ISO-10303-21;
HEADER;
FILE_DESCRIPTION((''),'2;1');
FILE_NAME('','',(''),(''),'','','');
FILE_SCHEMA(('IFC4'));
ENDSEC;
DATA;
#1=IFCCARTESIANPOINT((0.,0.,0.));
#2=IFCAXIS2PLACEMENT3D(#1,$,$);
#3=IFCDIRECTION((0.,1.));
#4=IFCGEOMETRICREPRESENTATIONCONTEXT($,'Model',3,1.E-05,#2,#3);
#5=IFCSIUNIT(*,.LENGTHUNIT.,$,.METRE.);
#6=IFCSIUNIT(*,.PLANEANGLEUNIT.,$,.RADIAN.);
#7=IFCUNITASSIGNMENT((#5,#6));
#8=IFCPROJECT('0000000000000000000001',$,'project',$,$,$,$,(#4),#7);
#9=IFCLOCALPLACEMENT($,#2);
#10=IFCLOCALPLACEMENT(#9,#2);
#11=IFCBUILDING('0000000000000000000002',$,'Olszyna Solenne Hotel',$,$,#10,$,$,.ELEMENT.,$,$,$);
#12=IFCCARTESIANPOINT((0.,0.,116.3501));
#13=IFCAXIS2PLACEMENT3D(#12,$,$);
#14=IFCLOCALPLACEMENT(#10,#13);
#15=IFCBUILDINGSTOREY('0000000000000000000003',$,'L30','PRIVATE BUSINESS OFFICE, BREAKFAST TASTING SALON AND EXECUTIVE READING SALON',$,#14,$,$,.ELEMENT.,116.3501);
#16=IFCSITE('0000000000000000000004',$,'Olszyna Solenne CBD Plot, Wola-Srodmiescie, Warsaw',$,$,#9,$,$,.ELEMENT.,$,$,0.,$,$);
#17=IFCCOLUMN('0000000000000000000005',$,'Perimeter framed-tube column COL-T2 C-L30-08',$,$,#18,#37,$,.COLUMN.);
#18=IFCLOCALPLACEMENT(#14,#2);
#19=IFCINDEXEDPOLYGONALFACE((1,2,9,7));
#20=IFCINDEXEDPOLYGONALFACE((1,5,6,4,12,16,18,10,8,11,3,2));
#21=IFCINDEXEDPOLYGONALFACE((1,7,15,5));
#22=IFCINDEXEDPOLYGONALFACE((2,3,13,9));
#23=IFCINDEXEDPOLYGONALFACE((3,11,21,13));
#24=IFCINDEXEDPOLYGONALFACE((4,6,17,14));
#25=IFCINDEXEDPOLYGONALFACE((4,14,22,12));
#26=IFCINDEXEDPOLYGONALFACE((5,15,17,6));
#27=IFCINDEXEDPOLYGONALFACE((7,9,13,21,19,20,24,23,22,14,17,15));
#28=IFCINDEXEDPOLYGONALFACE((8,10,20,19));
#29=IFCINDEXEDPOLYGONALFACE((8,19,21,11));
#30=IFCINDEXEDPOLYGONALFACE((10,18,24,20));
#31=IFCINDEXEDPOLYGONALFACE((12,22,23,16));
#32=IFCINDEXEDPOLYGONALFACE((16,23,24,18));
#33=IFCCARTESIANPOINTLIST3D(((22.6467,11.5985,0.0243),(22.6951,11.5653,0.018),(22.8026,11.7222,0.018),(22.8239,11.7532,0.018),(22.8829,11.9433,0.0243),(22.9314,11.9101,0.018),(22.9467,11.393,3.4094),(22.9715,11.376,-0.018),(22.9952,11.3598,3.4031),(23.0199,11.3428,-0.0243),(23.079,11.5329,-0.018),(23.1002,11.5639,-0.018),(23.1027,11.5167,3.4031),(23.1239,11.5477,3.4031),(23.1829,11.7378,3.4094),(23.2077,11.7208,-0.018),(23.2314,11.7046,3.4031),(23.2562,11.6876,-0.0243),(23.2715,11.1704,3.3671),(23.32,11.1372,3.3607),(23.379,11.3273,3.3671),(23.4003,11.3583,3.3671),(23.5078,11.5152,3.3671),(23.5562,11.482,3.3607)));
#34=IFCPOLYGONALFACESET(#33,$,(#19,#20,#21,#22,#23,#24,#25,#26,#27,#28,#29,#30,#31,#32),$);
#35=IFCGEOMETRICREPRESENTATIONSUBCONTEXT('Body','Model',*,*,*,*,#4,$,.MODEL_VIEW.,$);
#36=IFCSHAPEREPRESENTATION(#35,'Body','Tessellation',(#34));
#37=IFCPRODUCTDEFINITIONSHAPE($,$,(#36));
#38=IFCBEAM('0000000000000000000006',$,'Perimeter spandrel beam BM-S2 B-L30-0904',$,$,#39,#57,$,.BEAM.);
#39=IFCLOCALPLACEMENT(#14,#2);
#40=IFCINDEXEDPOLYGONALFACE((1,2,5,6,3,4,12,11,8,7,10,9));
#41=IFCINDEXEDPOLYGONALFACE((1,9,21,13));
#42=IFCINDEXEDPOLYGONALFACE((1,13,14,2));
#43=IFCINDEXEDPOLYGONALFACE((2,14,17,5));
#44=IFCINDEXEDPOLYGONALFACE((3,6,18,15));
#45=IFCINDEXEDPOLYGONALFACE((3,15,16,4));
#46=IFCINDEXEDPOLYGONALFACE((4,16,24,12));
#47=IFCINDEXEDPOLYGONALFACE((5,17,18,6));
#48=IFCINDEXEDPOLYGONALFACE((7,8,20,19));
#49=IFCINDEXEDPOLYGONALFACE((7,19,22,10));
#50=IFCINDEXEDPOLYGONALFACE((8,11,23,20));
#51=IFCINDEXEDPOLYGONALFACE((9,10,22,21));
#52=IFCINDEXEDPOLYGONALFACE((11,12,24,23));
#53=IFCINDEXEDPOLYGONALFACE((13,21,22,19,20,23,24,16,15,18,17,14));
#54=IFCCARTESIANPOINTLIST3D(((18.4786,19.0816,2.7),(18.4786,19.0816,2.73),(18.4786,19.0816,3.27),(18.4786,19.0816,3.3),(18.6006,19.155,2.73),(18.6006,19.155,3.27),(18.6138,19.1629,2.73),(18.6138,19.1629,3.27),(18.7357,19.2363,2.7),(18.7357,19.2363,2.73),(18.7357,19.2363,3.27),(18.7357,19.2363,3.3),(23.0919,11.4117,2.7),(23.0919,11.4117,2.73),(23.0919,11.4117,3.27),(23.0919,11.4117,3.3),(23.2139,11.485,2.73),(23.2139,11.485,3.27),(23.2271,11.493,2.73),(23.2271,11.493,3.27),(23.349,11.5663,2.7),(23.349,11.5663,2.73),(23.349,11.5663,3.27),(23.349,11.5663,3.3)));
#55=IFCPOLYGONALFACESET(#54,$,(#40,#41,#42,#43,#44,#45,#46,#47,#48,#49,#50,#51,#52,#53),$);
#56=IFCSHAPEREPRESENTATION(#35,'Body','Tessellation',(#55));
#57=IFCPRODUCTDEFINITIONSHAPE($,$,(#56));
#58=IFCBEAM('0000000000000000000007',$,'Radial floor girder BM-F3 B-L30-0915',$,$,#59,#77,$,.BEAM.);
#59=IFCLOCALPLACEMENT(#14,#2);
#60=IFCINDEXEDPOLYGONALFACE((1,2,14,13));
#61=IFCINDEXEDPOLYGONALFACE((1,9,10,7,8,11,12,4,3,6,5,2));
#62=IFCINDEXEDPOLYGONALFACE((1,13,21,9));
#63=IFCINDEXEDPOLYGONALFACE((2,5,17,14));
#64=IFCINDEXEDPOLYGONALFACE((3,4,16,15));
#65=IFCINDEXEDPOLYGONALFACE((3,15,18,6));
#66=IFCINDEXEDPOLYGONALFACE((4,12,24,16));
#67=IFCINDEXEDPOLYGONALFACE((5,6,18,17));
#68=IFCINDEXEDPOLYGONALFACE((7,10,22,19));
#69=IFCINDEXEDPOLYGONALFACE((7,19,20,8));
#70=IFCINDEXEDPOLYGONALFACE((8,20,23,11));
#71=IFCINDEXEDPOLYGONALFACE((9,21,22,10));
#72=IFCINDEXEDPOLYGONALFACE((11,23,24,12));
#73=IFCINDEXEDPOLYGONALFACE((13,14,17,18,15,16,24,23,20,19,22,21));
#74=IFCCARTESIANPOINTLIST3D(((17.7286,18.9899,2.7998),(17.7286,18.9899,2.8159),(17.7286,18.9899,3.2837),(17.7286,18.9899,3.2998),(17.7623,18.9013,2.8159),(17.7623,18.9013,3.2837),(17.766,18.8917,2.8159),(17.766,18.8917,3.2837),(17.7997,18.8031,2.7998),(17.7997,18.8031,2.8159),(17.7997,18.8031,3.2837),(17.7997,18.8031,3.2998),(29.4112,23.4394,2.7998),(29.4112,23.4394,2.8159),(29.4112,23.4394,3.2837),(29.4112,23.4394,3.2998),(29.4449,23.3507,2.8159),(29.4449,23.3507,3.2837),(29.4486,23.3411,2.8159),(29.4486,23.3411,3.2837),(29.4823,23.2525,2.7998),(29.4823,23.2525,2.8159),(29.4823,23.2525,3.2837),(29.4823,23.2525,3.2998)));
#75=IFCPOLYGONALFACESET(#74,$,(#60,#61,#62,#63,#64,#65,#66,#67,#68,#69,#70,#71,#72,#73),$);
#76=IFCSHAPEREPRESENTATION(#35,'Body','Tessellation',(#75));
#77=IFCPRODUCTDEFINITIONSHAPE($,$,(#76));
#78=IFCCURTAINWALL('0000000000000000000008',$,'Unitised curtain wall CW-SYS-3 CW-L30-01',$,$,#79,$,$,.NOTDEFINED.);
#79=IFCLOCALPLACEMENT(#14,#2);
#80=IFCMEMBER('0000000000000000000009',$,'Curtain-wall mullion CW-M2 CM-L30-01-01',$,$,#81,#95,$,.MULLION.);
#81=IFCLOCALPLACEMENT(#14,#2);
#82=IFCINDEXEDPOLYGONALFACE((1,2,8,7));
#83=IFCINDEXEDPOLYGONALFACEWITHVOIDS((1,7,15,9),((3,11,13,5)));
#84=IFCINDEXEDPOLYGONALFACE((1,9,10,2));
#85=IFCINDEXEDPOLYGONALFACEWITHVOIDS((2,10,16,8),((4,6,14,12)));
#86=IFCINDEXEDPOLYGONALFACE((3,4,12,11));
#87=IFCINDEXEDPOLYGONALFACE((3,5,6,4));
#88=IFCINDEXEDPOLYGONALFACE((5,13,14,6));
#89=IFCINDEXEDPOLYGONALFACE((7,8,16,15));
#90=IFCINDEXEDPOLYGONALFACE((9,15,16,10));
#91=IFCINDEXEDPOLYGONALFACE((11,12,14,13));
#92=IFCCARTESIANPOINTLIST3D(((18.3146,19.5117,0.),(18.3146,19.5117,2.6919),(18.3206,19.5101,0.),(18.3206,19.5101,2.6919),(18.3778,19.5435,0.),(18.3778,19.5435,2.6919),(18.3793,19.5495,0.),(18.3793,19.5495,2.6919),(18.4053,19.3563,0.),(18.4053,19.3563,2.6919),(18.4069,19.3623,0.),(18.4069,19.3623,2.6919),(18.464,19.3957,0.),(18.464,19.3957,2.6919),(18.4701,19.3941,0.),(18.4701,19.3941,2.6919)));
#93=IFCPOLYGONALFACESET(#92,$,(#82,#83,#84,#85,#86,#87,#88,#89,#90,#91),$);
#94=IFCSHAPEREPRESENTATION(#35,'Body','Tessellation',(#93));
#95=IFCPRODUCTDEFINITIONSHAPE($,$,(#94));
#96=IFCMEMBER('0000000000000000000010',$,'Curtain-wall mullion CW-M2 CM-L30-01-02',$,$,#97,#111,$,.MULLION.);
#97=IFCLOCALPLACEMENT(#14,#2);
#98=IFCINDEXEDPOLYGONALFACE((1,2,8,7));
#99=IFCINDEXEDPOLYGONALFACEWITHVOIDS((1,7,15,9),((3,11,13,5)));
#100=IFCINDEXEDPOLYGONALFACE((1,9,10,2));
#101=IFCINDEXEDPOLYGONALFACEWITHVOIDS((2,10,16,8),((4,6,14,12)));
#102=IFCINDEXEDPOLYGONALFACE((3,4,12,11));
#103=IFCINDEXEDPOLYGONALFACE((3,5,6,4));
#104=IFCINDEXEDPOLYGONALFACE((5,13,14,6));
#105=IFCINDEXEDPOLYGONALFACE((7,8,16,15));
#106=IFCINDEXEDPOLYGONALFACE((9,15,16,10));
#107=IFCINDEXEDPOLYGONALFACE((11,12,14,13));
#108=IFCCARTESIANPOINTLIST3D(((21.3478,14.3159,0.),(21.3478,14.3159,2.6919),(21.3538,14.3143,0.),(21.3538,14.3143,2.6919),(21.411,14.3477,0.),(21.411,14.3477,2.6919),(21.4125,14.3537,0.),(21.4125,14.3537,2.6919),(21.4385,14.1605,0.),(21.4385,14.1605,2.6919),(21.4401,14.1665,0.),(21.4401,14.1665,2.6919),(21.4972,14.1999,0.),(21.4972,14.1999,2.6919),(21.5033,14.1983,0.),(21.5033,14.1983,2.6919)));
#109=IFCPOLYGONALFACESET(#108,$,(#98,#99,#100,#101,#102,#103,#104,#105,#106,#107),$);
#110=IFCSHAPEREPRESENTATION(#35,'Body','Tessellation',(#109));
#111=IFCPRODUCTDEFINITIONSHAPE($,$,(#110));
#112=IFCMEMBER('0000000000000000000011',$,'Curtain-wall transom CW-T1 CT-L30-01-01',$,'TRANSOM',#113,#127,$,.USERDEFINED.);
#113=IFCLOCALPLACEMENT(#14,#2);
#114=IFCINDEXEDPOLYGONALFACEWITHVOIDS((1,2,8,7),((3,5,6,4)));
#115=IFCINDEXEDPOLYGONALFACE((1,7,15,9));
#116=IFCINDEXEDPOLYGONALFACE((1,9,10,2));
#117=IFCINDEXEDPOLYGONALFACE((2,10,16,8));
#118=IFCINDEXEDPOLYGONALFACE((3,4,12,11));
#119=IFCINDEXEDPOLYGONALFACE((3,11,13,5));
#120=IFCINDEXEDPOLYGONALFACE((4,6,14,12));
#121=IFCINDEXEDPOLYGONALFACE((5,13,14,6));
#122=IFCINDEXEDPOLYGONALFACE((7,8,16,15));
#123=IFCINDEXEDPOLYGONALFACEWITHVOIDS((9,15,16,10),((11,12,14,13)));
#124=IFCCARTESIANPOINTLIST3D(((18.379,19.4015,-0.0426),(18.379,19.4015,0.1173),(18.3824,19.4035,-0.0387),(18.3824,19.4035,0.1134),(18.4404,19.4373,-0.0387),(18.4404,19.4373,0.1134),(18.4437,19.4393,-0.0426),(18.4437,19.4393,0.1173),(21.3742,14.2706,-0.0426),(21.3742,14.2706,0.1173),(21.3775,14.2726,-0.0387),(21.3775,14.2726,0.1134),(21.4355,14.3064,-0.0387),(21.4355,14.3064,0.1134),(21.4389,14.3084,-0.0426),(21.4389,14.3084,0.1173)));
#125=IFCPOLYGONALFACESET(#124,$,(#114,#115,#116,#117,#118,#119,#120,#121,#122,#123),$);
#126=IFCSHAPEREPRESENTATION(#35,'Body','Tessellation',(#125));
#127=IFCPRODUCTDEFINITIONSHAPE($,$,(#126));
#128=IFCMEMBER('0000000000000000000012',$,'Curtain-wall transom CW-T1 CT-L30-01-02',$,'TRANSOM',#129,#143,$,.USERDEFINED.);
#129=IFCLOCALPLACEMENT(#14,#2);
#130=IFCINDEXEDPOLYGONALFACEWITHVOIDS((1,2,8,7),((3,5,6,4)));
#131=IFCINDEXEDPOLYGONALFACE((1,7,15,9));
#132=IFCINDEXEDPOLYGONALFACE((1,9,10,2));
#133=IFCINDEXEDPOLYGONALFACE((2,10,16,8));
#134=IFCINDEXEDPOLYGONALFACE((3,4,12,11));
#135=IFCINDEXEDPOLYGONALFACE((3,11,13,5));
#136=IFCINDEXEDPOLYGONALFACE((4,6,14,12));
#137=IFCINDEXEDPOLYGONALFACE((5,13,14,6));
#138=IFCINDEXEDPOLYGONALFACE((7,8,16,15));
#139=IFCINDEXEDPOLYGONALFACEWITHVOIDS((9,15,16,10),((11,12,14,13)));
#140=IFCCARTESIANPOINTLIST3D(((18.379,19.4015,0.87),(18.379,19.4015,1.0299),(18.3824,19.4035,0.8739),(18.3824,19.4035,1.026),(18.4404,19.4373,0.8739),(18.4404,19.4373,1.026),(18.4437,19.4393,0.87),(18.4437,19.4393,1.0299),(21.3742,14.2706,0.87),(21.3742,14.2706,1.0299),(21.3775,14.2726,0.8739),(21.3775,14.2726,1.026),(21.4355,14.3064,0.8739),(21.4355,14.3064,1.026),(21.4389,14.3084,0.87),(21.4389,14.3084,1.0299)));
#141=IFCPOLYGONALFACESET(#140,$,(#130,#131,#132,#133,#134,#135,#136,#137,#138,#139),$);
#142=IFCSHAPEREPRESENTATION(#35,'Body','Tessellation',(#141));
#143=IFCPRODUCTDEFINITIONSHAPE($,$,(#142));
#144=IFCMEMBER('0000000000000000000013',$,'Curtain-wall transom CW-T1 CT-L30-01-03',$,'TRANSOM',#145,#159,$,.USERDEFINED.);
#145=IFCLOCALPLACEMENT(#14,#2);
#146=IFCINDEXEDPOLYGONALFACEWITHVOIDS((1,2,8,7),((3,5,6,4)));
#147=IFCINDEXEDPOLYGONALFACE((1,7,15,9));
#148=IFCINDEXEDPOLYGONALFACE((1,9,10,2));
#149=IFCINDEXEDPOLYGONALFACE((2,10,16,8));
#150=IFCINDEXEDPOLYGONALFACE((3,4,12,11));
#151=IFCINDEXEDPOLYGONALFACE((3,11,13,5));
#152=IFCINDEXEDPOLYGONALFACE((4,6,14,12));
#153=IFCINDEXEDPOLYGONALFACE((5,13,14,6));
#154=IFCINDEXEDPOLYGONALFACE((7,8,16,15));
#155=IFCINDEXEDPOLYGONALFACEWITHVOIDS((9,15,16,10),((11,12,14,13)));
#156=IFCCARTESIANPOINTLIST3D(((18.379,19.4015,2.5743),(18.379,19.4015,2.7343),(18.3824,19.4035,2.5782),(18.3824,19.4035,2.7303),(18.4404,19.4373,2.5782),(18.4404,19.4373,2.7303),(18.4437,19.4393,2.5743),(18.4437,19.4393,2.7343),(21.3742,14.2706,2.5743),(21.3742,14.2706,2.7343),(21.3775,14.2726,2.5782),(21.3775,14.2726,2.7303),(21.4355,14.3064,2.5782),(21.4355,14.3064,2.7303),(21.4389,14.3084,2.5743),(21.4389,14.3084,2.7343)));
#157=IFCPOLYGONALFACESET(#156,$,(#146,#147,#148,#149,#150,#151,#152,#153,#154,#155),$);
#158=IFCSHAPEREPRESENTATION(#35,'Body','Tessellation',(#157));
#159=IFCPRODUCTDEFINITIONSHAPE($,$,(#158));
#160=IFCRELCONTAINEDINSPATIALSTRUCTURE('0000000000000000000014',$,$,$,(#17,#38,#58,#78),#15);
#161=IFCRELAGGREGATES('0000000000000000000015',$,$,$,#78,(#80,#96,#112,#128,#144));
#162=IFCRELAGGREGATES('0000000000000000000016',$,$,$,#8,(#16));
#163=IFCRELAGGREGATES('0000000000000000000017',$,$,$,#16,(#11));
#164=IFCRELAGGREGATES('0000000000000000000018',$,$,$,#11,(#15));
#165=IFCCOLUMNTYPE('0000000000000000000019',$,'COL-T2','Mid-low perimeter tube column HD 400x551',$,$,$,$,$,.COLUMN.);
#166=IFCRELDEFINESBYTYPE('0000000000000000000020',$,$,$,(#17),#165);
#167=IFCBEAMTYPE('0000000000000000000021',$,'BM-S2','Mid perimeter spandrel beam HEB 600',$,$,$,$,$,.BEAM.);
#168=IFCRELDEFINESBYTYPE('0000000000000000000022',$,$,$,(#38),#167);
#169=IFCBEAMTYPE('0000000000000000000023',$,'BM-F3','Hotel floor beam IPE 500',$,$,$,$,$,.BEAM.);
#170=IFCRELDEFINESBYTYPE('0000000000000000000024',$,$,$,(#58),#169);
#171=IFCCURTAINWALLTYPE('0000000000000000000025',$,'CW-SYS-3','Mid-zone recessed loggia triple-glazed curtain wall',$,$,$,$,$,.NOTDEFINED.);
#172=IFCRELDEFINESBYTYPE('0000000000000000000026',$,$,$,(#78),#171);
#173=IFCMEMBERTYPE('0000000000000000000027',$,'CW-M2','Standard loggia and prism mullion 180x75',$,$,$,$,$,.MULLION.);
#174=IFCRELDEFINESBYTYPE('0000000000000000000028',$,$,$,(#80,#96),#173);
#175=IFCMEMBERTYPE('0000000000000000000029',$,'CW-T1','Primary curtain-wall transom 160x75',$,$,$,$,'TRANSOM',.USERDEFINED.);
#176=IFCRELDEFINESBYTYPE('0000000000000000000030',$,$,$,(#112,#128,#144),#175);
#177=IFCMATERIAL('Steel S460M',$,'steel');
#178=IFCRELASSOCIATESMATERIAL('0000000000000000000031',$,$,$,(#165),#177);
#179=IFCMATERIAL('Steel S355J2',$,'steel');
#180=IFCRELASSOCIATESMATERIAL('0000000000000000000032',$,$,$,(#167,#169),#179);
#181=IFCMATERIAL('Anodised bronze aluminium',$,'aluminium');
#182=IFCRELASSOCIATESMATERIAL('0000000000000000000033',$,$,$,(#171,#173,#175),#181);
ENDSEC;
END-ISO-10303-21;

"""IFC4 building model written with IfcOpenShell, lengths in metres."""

from ifc_helpers import new_model, si_unit, direction, frame, origin, origin_2d, place, context, subcontext, project, spatial, hollow_rectangle, i_section, extrude, source, transform, mapped, material, material_profile, profile_set, type_object, element, aggregate, save


model = new_model("IFC4")

# Units and contexts
model_context = context("Model", 3, precision=1e-05, world=origin(), true_north=direction((0.0, 1.0)))
body_context = subcontext(model_context, "Body", "Model", "MODEL_VIEW")
ifc_project = project(units=[si_unit("LENGTHUNIT", "METRE"), si_unit("PLANEANGLEUNIT", "RADIAN")], contexts=[model_context])

# Site, building, storey
site_placement = place(None, origin())
site = spatial("IfcSite", under=ifc_project, at=site_placement, Name="Olszyna Solenne CBD Plot, Wola-Srodmiescie, Warsaw", CompositionType="ELEMENT", RefElevation=0.0)
building_placement = place(site_placement, origin())
building = spatial("IfcBuilding", under=site, at=building_placement, Name="Olszyna Solenne Hotel", CompositionType="ELEMENT")
storey_placement = place(building_placement, frame((0.0, 0.0, 116.3501)))
storey = spatial("IfcBuildingStorey", under=building, at=storey_placement, Name="L30", Description="PRIVATE BUSINESS OFFICE, BREAKFAST TASTING SALON AND EXECUTIVE READING SALON", CompositionType="ELEMENT", Elevation=116.3501)

# Column
ifc_material_1 = material(Name="Steel S460M", Category="steel")
ifc_material_profile_1 = material_profile(ifc_material_1, i_section(OverallWidth=0.418, OverallDepth=0.4551, WebThickness=0.0376, FlangeThickness=0.0591, at=origin_2d()), Name="HD 400x551", Category="load-bearing")
ifc_profile_set_1 = profile_set([ifc_material_profile_1], Name="Steel S460M")
column_type = type_object("IfcColumnType", Name="COL-T2", Description="Mid-low perimeter tube column HD 400x551", PredefinedType="COLUMN", material=ifc_profile_set_1)
shared_shape_1 = source(origin(), body_context, "Body", "SweptSolid", [
    extrude(i_section(OverallWidth=0.418, OverallDepth=0.4551, WebThickness=0.0376, FlangeThickness=0.0591, at=origin_2d()), origin(), (0.0, 0.0, 1.0), 3.4045),
])
column_placement = place(storey_placement, frame((22.9514, 11.6431, 0.0), z_axis=(0.088133, -0.060381, 0.994277), x_axis=(0.565189, 0.824961, 0.0)))
element("IfcColumn", 1, at=column_placement, inside=storey, type_object=column_type, Name="Perimeter framed-tube column COL-T2 C-L30-08", PredefinedType="COLUMN", context=body_context, shape_type="MappedRepresentation", body=[
    mapped(shared_shape_1, transform((0.0, 0.0, 0.0), x_axis=(1.0, 0.0, 0.0), y_axis=(0.0, 1.0, 0.0), z_axis=(0.0, 0.0, 1.0), scale=1.0)),
])

# Beams
ifc_material_2 = material(Name="Steel S355J2", Category="steel")
ifc_material_profile_2 = material_profile(ifc_material_2, i_section(OverallWidth=0.3, OverallDepth=0.6001, WebThickness=0.0154, FlangeThickness=0.03, at=origin_2d()), Name="HEB 600", Category="load-bearing")
ifc_profile_set_2 = profile_set([ifc_material_profile_2], Name="Steel S355J2")
beam_type_1 = type_object("IfcBeamType", Name="BM-S2", Description="Mid perimeter spandrel beam HEB 600", PredefinedType="BEAM", material=ifc_profile_set_2)
shared_shape_2 = source(origin(), body_context, "Body", "SweptSolid", [
    extrude(i_section(OverallWidth=0.3, OverallDepth=0.6001, WebThickness=0.0154, FlangeThickness=0.03, at=origin_2d()), origin(), (0.0, 0.0, 1.0), 8.9504),
])
beam_1_placement = place(storey_placement, frame((18.6072, 19.1589, 3.0), z_axis=(0.515426, -0.856934, 0.0), x_axis=(0.856934, 0.515426, 0.0)))
element("IfcBeam", 2, at=beam_1_placement, inside=storey, type_object=beam_type_1, Name="Perimeter spandrel beam BM-S2 B-L30-0904", PredefinedType="BEAM", context=body_context, shape_type="MappedRepresentation", body=[
    mapped(shared_shape_2, transform((0.0, 0.0, 0.0), x_axis=(1.0, 0.0, 0.0), y_axis=(0.0, 1.0, 0.0), z_axis=(0.0, 0.0, 1.0), scale=1.0)),
])
ifc_material_profile_3 = material_profile(ifc_material_2, i_section(OverallWidth=0.2, OverallDepth=0.5, WebThickness=0.0103, FlangeThickness=0.0161, at=origin_2d()), Name="IPE 500", Category="load-bearing")
ifc_profile_set_3 = profile_set([ifc_material_profile_3], Name="Steel S355J2")
beam_type_2 = type_object("IfcBeamType", Name="BM-F3", Description="Hotel floor beam IPE 500", PredefinedType="BEAM", material=ifc_profile_set_3)
shared_shape_3 = source(origin(), body_context, "Body", "SweptSolid", [
    extrude(i_section(OverallWidth=0.2, OverallDepth=0.5, WebThickness=0.0103, FlangeThickness=0.0161, at=origin_2d()), origin(), (0.0, 0.0, 1.0), 12.5012),
])
beam_2_placement = place(storey_placement, frame((17.7642, 18.8965, 3.0498), z_axis=(0.934516, 0.355921, 0.0), x_axis=(-0.355921, 0.934516, 0.0)))
element("IfcBeam", 3, at=beam_2_placement, inside=storey, type_object=beam_type_2, Name="Radial floor girder BM-F3 B-L30-0915", PredefinedType="BEAM", context=body_context, shape_type="MappedRepresentation", body=[
    mapped(shared_shape_3, transform((0.0, 0.0, 0.0), x_axis=(1.0, 0.0, 0.0), y_axis=(0.0, 1.0, 0.0), z_axis=(0.0, 0.0, 1.0), scale=1.0)),
])

# Curtain wall, members
ifc_material_3 = material(Name="Anodised bronze aluminium", Category="aluminium")
curtain_wall_type = type_object("IfcCurtainWallType", Name="CW-SYS-3", Description="Mid-zone recessed loggia triple-glazed curtain wall", PredefinedType="NOTDEFINED", material=ifc_material_3)
curtain_wall_placement = place(storey_placement, origin())
curtain_wall = element("IfcCurtainWall", 4, at=curtain_wall_placement, inside=storey, type_object=curtain_wall_type, Name="Unitised curtain wall CW-SYS-3 CW-L30-01", PredefinedType="NOTDEFINED")
ifc_material_profile_4 = material_profile(ifc_material_3, hollow_rectangle(XDim=0.075, YDim=0.1799, WallThickness=0.0044, at=origin_2d()), Name="MULL 180x75x4.5", Category="load-bearing")
ifc_profile_set_4 = profile_set([ifc_material_profile_4], Name="Anodised bronze aluminium")
member_type_1 = type_object("IfcMemberType", Name="CW-M2", Description="Standard loggia and prism mullion 180x75", PredefinedType="MULLION", material=ifc_profile_set_4)
shared_shape_4 = source(origin(), body_context, "Body", "SweptSolid", [
    extrude(hollow_rectangle(XDim=0.075, YDim=0.1799, WallThickness=0.0044, at=origin_2d()), origin(), (0.0, 0.0, 1.0), 2.6919),
])
member_1_placement = place(storey_placement, frame((18.3923, 19.4529, 0.0), z_axis=(0.0, 0.0, 1.0), x_axis=(0.863615, 0.504151, 0.0)))
member_1 = element("IfcMember", 5, at=member_1_placement, type_object=member_type_1, Name="Curtain-wall mullion CW-M2 CM-L30-01-01", PredefinedType="MULLION", context=body_context, shape_type="MappedRepresentation", body=[
    mapped(shared_shape_4, transform((0.0, 0.0, 0.0), x_axis=(1.0, 0.0, 0.0), y_axis=(0.0, 1.0, 0.0), z_axis=(0.0, 0.0, 1.0), scale=1.0)),
])
member_2_placement = place(storey_placement, frame((21.4255, 14.2571, 0.0), z_axis=(0.0, 0.0, 1.0), x_axis=(0.863615, 0.504151, 0.0)))
member_2 = element("IfcMember", 6, at=member_2_placement, type_object=member_type_1, Name="Curtain-wall mullion CW-M2 CM-L30-01-02", PredefinedType="MULLION", context=body_context, shape_type="MappedRepresentation", body=[
    mapped(shared_shape_4, transform((0.0, 0.0, 0.0), x_axis=(1.0, 0.0, 0.0), y_axis=(0.0, 1.0, 0.0), z_axis=(0.0, 0.0, 1.0), scale=1.0)),
])
ifc_material_profile_5 = material_profile(ifc_material_3, hollow_rectangle(XDim=0.075, YDim=0.1599, WallThickness=0.0039, at=origin_2d()), Name="TRAN 160x75x4", Category="load-bearing")
ifc_profile_set_5 = profile_set([ifc_material_profile_5], Name="Anodised bronze aluminium")
member_type_2 = type_object("IfcMemberType", Name="CW-T1", Description="Primary curtain-wall transom 160x75", ElementType="TRANSOM", PredefinedType="USERDEFINED", material=ifc_profile_set_5)
shared_shape_5 = source(origin(), body_context, "Body", "SweptSolid", [
    extrude(hollow_rectangle(XDim=0.075, YDim=0.1599, WallThickness=0.0039, at=origin_2d()), origin(), (0.0, 0.0, 1.0), 5.9412),
])
member_3_placement = place(storey_placement, frame((18.4114, 19.4204, 0.0374), z_axis=(0.504137, -0.863624, 0.0), x_axis=(0.863624, 0.504137, 0.0)))
member_3 = element("IfcMember", 7, at=member_3_placement, type_object=member_type_2, Name="Curtain-wall transom CW-T1 CT-L30-01-01", ObjectType="TRANSOM", PredefinedType="USERDEFINED", context=body_context, shape_type="MappedRepresentation", body=[
    mapped(shared_shape_5, transform((0.0, 0.0, 0.0), x_axis=(1.0, 0.0, 0.0), y_axis=(0.0, 1.0, 0.0), z_axis=(0.0, 0.0, 1.0), scale=1.0)),
])
member_4_placement = place(storey_placement, frame((18.4114, 19.4204, 0.95), z_axis=(0.504137, -0.863624, 0.0), x_axis=(0.863624, 0.504137, 0.0)))
member_4 = element("IfcMember", 8, at=member_4_placement, type_object=member_type_2, Name="Curtain-wall transom CW-T1 CT-L30-01-02", ObjectType="TRANSOM", PredefinedType="USERDEFINED", context=body_context, shape_type="MappedRepresentation", body=[
    mapped(shared_shape_5, transform((0.0, 0.0, 0.0), x_axis=(1.0, 0.0, 0.0), y_axis=(0.0, 1.0, 0.0), z_axis=(0.0, 0.0, 1.0), scale=1.0)),
])
member_5_placement = place(storey_placement, frame((18.4114, 19.4204, 2.6543), z_axis=(0.504137, -0.863624, 0.0), x_axis=(0.863624, 0.504137, 0.0)))
member_5 = element("IfcMember", 9, at=member_5_placement, type_object=member_type_2, Name="Curtain-wall transom CW-T1 CT-L30-01-03", ObjectType="TRANSOM", PredefinedType="USERDEFINED", context=body_context, shape_type="MappedRepresentation", body=[
    mapped(shared_shape_5, transform((0.0, 0.0, 0.0), x_axis=(1.0, 0.0, 0.0), y_axis=(0.0, 1.0, 0.0), z_axis=(0.0, 0.0, 1.0), scale=1.0)),
])

aggregate(curtain_wall, [member_1, member_2, member_3, member_4, member_5])

save(model, "model.ifc")
